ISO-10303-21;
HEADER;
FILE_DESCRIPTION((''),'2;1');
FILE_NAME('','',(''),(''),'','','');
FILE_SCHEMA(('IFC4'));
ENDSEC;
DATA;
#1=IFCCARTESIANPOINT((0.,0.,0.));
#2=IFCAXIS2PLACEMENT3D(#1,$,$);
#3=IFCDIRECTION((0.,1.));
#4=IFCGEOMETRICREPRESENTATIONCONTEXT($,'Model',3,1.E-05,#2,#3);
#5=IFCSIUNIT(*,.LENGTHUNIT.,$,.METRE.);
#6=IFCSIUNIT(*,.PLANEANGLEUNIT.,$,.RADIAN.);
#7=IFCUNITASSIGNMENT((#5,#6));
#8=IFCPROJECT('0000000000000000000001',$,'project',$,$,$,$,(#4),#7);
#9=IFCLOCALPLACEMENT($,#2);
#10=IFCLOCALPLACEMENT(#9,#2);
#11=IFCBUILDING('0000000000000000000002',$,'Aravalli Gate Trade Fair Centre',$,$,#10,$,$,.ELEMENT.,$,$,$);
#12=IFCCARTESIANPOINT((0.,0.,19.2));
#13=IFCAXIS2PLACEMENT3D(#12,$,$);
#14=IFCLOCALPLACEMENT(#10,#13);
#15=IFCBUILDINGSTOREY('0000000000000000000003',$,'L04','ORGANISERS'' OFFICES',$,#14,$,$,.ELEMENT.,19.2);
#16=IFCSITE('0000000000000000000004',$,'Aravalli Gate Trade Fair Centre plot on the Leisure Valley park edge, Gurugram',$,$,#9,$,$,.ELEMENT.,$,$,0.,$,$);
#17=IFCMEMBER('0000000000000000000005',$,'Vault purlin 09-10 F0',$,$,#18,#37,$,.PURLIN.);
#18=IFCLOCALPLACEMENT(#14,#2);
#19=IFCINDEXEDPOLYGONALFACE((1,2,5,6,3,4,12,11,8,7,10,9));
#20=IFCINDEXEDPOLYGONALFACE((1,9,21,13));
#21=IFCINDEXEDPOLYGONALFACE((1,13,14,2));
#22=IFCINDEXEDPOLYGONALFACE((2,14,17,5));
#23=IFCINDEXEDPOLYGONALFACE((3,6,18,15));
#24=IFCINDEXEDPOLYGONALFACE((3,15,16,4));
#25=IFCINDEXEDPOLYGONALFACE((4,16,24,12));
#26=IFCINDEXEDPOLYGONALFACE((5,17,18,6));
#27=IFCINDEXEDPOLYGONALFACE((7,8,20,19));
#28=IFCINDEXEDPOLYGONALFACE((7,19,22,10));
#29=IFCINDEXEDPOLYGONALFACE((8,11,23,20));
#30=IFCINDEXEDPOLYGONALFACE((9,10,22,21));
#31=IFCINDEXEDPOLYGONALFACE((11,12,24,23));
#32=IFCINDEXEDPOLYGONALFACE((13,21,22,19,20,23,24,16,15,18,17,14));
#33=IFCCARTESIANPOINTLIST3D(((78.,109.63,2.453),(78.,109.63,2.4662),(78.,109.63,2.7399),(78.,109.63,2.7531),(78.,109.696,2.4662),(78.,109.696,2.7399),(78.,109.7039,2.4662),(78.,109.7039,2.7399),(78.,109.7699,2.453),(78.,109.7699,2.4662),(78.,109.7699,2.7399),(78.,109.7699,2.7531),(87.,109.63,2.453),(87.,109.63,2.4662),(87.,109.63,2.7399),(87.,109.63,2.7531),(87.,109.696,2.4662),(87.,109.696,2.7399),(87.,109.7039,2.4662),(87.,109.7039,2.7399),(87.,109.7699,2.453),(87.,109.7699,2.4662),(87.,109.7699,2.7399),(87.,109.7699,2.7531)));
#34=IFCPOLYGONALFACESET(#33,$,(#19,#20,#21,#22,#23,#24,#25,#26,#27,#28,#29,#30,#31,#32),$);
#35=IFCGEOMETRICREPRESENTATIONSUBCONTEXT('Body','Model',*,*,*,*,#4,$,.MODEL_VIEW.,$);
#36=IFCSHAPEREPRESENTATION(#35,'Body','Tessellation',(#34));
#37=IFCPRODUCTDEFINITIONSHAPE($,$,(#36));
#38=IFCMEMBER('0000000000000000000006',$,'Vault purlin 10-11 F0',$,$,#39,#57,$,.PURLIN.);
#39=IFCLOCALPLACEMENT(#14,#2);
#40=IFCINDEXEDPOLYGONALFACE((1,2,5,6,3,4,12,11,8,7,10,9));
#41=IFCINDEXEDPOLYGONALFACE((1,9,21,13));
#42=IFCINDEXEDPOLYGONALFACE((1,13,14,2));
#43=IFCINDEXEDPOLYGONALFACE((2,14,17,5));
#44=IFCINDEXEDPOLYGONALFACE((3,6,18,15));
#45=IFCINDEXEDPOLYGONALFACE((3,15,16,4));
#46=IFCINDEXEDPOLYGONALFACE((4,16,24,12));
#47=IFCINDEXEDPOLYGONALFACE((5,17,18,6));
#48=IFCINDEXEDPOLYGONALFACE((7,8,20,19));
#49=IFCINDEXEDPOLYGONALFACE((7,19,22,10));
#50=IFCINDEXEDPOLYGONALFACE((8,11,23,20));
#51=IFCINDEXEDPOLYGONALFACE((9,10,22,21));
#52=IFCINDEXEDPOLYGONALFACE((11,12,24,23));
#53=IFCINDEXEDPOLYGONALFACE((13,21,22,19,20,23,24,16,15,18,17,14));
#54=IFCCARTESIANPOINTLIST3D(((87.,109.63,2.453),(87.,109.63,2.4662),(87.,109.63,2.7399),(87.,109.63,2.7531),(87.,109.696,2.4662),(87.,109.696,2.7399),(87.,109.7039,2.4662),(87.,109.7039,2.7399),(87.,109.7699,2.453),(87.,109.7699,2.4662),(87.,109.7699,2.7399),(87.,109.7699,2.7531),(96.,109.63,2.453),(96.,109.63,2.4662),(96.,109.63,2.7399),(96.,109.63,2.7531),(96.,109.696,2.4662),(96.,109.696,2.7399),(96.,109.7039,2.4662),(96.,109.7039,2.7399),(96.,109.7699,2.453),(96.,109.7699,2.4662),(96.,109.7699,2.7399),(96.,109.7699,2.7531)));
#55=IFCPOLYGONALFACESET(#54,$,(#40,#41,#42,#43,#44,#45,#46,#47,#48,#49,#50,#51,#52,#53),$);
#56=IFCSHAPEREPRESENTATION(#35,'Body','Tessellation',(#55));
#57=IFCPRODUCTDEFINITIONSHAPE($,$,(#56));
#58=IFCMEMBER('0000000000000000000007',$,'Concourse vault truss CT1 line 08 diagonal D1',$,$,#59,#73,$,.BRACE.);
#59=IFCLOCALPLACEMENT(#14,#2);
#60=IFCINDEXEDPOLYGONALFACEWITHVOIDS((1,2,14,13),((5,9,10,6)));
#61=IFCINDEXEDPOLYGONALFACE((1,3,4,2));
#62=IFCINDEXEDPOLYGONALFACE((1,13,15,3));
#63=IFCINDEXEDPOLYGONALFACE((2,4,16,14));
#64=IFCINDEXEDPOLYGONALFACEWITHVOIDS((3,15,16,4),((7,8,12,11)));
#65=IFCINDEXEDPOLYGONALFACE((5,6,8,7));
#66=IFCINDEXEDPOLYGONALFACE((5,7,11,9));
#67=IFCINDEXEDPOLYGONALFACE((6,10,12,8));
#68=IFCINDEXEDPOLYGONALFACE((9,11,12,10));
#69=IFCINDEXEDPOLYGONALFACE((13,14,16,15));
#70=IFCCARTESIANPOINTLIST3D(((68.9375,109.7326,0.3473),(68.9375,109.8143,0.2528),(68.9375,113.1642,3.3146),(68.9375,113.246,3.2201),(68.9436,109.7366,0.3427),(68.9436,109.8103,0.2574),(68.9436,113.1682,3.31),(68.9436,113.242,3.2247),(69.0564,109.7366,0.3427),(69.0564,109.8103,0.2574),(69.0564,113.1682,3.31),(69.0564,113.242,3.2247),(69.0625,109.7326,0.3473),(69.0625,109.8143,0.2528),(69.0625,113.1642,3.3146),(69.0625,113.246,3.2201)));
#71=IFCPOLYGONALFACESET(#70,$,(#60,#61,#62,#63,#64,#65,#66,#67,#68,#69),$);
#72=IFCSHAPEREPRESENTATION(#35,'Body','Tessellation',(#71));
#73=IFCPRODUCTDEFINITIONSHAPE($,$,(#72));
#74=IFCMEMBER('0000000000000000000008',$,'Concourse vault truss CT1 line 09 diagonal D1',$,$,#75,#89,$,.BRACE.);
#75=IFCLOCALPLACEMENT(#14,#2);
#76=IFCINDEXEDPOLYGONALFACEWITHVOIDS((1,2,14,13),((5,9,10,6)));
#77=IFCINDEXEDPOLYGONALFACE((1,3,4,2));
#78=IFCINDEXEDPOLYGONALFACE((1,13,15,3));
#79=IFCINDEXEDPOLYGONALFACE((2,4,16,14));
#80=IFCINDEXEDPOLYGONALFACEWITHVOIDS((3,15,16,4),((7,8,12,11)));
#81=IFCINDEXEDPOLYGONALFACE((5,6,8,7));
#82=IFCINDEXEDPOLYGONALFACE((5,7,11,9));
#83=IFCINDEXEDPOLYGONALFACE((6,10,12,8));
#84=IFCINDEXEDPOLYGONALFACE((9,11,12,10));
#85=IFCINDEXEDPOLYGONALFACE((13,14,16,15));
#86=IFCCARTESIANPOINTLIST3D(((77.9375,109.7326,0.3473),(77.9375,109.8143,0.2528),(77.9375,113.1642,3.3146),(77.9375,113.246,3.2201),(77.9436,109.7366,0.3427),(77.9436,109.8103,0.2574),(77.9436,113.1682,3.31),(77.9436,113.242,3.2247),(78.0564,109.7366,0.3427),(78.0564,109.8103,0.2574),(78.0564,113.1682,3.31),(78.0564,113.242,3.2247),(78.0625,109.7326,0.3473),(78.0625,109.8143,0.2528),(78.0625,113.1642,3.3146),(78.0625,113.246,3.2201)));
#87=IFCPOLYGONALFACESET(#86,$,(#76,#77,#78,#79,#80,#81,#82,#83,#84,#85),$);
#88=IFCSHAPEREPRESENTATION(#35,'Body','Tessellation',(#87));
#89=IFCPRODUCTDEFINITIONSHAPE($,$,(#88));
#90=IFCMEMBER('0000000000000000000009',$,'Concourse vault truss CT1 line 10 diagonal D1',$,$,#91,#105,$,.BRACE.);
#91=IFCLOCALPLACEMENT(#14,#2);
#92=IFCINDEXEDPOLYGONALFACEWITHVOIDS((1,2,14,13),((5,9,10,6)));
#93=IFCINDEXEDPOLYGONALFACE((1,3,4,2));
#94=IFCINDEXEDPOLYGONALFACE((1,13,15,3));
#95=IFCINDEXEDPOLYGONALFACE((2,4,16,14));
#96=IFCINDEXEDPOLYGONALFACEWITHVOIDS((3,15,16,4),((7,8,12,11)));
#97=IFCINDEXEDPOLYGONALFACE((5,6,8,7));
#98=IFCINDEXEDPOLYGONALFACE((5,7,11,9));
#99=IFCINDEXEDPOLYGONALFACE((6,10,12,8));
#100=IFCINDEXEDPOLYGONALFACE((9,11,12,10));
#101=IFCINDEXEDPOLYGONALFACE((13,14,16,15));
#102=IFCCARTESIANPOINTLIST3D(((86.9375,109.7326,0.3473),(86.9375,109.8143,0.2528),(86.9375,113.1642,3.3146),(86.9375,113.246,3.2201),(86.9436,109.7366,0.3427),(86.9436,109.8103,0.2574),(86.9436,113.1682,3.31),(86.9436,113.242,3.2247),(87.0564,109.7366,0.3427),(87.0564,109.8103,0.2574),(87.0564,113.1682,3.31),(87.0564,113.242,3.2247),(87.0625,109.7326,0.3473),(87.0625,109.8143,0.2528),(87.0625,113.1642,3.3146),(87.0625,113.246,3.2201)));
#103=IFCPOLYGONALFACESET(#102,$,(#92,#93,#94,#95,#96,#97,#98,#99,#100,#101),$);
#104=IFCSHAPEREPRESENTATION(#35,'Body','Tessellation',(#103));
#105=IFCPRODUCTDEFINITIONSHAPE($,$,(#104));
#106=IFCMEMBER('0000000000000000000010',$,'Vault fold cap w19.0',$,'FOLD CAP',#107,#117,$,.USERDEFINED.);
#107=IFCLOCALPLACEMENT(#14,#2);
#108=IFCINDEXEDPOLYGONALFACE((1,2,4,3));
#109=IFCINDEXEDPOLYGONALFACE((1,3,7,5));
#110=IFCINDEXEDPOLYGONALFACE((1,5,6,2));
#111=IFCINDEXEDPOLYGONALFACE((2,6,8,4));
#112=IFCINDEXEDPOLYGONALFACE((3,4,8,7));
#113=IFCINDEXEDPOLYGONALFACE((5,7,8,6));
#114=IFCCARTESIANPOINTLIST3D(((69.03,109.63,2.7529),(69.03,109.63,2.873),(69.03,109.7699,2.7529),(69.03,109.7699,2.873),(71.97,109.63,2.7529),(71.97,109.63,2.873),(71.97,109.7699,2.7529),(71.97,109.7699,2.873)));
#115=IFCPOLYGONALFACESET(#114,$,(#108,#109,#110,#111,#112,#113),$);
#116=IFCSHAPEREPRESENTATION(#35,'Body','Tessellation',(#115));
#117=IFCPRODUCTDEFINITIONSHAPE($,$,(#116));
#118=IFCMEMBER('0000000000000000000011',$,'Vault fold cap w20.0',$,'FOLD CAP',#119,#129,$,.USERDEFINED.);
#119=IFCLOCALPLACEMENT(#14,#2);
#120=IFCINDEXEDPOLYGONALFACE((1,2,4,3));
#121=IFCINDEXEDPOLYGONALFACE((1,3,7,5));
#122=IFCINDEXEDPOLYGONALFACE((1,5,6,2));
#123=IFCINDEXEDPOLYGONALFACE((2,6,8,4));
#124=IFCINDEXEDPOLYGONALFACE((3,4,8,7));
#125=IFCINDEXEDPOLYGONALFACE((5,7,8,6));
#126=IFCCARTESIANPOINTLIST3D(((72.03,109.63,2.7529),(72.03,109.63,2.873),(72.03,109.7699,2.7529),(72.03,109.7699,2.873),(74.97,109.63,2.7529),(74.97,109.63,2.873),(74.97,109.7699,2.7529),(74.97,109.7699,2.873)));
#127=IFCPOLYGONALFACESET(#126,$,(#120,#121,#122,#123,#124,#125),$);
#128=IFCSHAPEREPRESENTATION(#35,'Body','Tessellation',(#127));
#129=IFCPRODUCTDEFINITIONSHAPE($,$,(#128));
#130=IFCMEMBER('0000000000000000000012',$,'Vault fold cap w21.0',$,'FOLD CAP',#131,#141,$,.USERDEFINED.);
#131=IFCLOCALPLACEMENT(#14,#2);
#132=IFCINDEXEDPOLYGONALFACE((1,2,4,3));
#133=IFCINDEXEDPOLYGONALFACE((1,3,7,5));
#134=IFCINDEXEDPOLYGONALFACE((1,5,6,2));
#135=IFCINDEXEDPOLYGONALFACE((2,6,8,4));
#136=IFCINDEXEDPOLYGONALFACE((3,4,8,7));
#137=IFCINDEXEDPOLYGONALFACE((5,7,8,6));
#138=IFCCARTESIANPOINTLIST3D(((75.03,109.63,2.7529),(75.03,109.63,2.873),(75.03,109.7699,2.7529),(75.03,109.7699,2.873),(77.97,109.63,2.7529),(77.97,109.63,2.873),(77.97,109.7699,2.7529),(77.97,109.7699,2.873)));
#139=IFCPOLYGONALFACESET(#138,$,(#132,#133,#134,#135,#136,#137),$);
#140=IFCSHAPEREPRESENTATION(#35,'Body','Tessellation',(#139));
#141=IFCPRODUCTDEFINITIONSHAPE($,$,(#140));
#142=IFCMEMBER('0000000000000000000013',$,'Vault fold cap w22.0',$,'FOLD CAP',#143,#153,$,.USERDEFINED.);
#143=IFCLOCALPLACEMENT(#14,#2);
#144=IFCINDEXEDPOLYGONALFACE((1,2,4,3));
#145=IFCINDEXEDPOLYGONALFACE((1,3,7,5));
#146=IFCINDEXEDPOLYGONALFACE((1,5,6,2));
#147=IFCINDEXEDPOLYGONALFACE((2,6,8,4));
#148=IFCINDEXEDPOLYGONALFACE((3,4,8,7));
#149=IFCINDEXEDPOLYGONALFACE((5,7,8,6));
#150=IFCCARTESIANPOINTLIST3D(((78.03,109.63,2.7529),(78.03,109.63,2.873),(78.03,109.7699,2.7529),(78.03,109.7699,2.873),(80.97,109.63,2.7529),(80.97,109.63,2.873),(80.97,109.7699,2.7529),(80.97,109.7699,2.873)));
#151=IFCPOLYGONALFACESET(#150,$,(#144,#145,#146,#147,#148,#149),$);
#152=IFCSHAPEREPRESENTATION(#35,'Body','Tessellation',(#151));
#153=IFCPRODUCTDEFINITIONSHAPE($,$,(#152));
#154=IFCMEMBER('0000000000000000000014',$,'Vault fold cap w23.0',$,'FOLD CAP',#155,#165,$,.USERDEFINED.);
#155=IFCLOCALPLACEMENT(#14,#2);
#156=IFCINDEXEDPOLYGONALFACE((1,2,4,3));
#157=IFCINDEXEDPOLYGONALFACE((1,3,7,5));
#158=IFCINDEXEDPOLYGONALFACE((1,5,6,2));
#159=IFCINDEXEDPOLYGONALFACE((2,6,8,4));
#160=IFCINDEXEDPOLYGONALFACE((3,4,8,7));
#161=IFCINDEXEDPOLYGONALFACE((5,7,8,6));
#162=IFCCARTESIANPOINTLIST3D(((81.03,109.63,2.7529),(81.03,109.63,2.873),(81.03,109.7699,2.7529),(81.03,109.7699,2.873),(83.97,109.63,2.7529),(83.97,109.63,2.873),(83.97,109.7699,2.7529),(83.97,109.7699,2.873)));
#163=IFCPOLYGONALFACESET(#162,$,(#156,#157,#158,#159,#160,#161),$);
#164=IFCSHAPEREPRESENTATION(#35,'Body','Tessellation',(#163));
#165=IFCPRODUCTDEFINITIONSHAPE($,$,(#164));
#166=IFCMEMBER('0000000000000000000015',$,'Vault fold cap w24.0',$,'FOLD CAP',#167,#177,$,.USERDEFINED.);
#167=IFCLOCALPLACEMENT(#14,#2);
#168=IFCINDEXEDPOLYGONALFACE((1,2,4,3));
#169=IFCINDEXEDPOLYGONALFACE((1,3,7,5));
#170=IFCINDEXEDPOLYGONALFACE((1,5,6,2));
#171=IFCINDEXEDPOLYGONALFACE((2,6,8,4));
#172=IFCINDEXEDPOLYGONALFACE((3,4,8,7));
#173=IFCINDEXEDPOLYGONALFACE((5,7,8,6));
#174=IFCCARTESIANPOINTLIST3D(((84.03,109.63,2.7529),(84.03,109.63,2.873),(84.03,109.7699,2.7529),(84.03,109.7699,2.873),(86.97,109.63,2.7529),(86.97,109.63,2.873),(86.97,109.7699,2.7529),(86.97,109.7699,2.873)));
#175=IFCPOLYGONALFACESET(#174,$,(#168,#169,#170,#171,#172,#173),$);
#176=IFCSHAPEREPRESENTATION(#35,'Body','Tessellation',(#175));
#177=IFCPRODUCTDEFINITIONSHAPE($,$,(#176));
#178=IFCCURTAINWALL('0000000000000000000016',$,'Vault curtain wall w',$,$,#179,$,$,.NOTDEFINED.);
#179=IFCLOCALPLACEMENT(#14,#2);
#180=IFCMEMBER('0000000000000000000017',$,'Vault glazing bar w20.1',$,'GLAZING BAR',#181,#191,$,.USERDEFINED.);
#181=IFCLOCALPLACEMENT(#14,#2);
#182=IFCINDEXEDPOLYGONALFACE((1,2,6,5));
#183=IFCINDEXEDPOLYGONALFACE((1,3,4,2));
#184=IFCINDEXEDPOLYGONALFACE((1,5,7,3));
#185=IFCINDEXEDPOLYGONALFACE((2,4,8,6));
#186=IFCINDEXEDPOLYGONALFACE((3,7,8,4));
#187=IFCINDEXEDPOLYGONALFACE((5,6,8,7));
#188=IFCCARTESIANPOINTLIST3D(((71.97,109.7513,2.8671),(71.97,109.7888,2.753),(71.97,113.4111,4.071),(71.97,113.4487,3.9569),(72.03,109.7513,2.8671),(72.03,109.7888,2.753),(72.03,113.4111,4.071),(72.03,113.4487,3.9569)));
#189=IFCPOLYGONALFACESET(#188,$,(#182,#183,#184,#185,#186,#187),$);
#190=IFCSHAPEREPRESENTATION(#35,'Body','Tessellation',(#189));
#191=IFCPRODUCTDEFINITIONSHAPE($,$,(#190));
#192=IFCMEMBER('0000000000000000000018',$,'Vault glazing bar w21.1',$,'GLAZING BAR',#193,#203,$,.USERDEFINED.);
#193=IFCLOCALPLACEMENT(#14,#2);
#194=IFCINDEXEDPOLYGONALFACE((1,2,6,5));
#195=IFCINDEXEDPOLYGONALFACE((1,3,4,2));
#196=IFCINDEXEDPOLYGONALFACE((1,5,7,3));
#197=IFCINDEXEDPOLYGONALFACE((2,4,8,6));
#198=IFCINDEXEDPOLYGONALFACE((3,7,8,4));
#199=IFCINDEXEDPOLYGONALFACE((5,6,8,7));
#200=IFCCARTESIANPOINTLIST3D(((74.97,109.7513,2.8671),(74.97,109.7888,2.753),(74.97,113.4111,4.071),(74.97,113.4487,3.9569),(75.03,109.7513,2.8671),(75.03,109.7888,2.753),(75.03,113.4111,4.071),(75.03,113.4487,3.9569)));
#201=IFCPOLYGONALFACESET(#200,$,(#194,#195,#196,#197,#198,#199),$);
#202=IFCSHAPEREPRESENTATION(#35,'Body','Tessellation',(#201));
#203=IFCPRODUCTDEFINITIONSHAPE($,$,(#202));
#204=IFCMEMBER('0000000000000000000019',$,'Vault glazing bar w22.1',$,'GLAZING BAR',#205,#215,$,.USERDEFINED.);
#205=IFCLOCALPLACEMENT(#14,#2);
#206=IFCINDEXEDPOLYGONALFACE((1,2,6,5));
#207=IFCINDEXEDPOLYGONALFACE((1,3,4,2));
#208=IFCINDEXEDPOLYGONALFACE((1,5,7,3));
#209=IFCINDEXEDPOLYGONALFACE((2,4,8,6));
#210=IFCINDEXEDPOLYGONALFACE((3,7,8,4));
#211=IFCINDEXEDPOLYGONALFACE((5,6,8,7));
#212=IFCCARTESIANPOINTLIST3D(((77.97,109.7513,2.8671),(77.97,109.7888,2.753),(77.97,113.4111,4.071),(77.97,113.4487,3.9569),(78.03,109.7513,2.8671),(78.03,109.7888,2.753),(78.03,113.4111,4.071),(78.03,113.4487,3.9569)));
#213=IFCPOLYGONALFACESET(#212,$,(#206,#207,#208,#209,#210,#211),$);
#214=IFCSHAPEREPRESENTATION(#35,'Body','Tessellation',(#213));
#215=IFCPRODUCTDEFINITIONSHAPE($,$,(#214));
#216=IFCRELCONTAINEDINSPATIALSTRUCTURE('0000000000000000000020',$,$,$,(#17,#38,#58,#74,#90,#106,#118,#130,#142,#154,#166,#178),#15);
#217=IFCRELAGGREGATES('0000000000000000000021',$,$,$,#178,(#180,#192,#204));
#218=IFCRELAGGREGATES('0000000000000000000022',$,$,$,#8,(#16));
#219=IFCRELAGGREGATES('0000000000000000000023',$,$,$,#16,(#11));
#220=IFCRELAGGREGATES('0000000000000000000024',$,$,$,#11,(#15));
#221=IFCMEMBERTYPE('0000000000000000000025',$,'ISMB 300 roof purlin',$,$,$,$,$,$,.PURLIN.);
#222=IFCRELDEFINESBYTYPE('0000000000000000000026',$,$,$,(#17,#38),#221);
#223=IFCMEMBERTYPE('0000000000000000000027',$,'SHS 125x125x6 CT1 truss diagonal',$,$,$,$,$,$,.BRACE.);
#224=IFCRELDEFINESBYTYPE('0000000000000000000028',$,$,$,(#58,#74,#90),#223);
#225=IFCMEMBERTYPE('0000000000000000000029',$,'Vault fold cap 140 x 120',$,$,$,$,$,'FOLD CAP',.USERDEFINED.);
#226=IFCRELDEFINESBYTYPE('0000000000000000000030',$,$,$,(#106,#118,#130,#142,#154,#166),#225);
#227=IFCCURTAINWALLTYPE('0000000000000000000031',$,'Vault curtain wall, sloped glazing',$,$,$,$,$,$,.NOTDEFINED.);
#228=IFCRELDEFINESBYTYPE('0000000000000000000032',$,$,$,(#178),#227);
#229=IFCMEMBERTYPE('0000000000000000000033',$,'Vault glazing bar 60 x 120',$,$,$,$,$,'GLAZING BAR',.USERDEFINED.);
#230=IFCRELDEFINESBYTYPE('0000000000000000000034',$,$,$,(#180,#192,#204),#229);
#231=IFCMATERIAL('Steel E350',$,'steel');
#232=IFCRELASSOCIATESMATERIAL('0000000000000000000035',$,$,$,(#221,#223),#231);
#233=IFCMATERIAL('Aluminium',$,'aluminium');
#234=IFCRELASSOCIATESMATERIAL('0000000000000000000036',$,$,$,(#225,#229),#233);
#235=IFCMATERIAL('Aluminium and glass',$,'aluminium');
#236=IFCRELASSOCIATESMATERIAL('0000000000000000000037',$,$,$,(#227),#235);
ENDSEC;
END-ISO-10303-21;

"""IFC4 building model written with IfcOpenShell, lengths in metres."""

from ifc_helpers import new_model, si_unit, direction, frame, origin, origin_2d, place, context, subcontext, project, spatial, rectangle, hollow_rectangle, i_section, extrude, material, material_profile, profile_set, type_object, element, aggregate, save


model = new_model("IFC4")

# Units and contexts
model_context = context("Model", 3, precision=1e-05, world=origin(), true_north=direction((0.0, 1.0)))
body_context = subcontext(model_context, "Body", "Model", "MODEL_VIEW")
ifc_project = project(units=[si_unit("LENGTHUNIT", "METRE"), si_unit("PLANEANGLEUNIT", "RADIAN")], contexts=[model_context])

# Site, building, storey
site_placement = place(None, origin())
site = spatial("IfcSite", under=ifc_project, at=site_placement, Name="Aravalli Gate Trade Fair Centre plot on the Leisure Valley park edge, Gurugram", CompositionType="ELEMENT", RefElevation=0.0)
building_placement = place(site_placement, origin())
building = spatial("IfcBuilding", under=site, at=building_placement, Name="Aravalli Gate Trade Fair Centre", CompositionType="ELEMENT")
storey_placement = place(building_placement, frame((0.0, 0.0, 19.2)))
storey = spatial("IfcBuildingStorey", under=building, at=storey_placement, Name="L04", Description="ORGANISERS' OFFICES", CompositionType="ELEMENT", Elevation=19.2)

# Members
ifc_material_1 = material(Name="Steel E350", Category="steel")
ifc_material_profile_1 = material_profile(ifc_material_1, i_section(OverallWidth=0.1399, OverallDepth=0.3, WebThickness=0.0078, FlangeThickness=0.0132, at=origin_2d()), Name="ISMB 300")
ifc_profile_set_1 = profile_set([ifc_material_profile_1], Name="Steel E350")
member_type_1 = type_object("IfcMemberType", Name="ISMB 300 roof purlin", PredefinedType="PURLIN", material=ifc_profile_set_1)
for number, where, z_axis, x_axis, name in (
    (1, (78.0, 109.7, 2.603), (1.0, 0.0, 0.0), (0.0, 1.0, 0.0), "Vault purlin 09-10 F0"),
    (2, (87.0, 109.7, 2.603), (1.0, 0.0, 0.0), (0.0, 1.0, 0.0), "Vault purlin 10-11 F0"),
):
    element("IfcMember", number, at=place(storey_placement, frame(where, z_axis=z_axis, x_axis=x_axis)), inside=storey, type_object=member_type_1, Name=name, PredefinedType="PURLIN", context=body_context, shape_type="SweptSolid", body=[
        extrude(i_section(OverallWidth=0.1399, OverallDepth=0.3, WebThickness=0.0078, FlangeThickness=0.0132, at=origin_2d()), origin(), (0.0, 0.0, 1.0), 9.0),
    ])
ifc_material_profile_2 = material_profile(ifc_material_1, hollow_rectangle(XDim=0.125, YDim=0.125, WallThickness=0.0061, at=origin_2d()), Name="SHS 125x125x6")
ifc_profile_set_2 = profile_set([ifc_material_profile_2], Name="Steel E350")
member_type_2 = type_object("IfcMemberType", Name="SHS 125x125x6 CT1 truss diagonal", PredefinedType="BRACE", material=ifc_profile_set_2)
for number, where, z_axis, x_axis, name in (
    (3, (69.0, 109.7734, 0.3), (0.0, 0.756431, 0.654074), (-1.0, 0.0, 0.0), "Concourse vault truss CT1 line 08 diagonal D1"),
    (4, (78.0, 109.7734, 0.3), (0.0, 0.756431, 0.654074), (-1.0, 0.0, 0.0), "Concourse vault truss CT1 line 09 diagonal D1"),
    (5, (87.0, 109.7734, 0.3), (0.0, 0.756431, 0.654074), (-1.0, 0.0, 0.0), "Concourse vault truss CT1 line 10 diagonal D1"),
):
    element("IfcMember", number, at=place(storey_placement, frame(where, z_axis=z_axis, x_axis=x_axis)), inside=storey, type_object=member_type_2, Name=name, PredefinedType="BRACE", context=body_context, shape_type="SweptSolid", body=[
        extrude(hollow_rectangle(XDim=0.125, YDim=0.125, WallThickness=0.0061, at=origin_2d()), origin(), (0.0, 0.0, 1.0), 4.5366),
    ])
ifc_material_2 = material(Name="Aluminium", Category="aluminium")
ifc_material_profile_3 = material_profile(ifc_material_2, rectangle(XDim=0.1399, YDim=0.1201, at=origin_2d()), Name="Vault fold cap 140 x 120")
ifc_profile_set_3 = profile_set([ifc_material_profile_3], Name="Aluminium")
member_type_3 = type_object("IfcMemberType", Name="Vault fold cap 140 x 120", ElementType="FOLD CAP", PredefinedType="USERDEFINED", material=ifc_profile_set_3)
for number, where, z_axis, x_axis, name in (
    (6, (69.03, 109.7, 2.813), (1.0, 0.0, 0.0), (0.0, 1.0, 0.0), "Vault fold cap w19.0"),
    (7, (72.03, 109.7, 2.813), (1.0, 0.0, 0.0), (0.0, 1.0, 0.0), "Vault fold cap w20.0"),
    (8, (75.03, 109.7, 2.813), (1.0, 0.0, 0.0), (0.0, 1.0, 0.0), "Vault fold cap w21.0"),
    (9, (78.03, 109.7, 2.813), (1.0, 0.0, 0.0), (0.0, 1.0, 0.0), "Vault fold cap w22.0"),
    (10, (81.03, 109.7, 2.813), (1.0, 0.0, 0.0), (0.0, 1.0, 0.0), "Vault fold cap w23.0"),
    (11, (84.03, 109.7, 2.813), (1.0, 0.0, 0.0), (0.0, 1.0, 0.0), "Vault fold cap w24.0"),
):
    element("IfcMember", number, at=place(storey_placement, frame(where, z_axis=z_axis, x_axis=x_axis)), inside=storey, type_object=member_type_3, Name=name, ObjectType="FOLD CAP", PredefinedType="USERDEFINED", context=body_context, shape_type="SweptSolid", body=[
        extrude(rectangle(XDim=0.1399, YDim=0.1201, at=origin_2d()), origin(), (0.0, 0.0, 1.0), 2.9399),
    ])

# Curtain wall, members
ifc_material_3 = material(Name="Aluminium and glass", Category="aluminium")
curtain_wall_type = type_object("IfcCurtainWallType", Name="Vault curtain wall, sloped glazing", PredefinedType="NOTDEFINED", material=ifc_material_3)
curtain_wall_placement = place(storey_placement, origin())
curtain_wall = element("IfcCurtainWall", 12, at=curtain_wall_placement, inside=storey, type_object=curtain_wall_type, Name="Vault curtain wall w", PredefinedType="NOTDEFINED")
ifc_material_profile_4 = material_profile(ifc_material_2, rectangle(XDim=0.0601, YDim=0.1201, at=origin_2d()), Name="Vault glazing bar 60 x 120")
ifc_profile_set_4 = profile_set([ifc_material_profile_4], Name="Aluminium")
member_type_4 = type_object("IfcMemberType", Name="Vault glazing bar 60 x 120", ElementType="GLAZING BAR", PredefinedType="USERDEFINED", material=ifc_profile_set_4)
member_1_placement = place(storey_placement, frame((72.0, 109.77, 2.8101), z_axis=(0.0, 0.94993, 0.312461), x_axis=(-1.0, 0.0, 0.0)))
member_1 = element("IfcMember", 13, at=member_1_placement, type_object=member_type_4, Name="Vault glazing bar w20.1", ObjectType="GLAZING BAR", PredefinedType="USERDEFINED", context=body_context, shape_type="SweptSolid", body=[
    extrude(rectangle(XDim=0.0601, YDim=0.1201, at=origin_2d()), origin(), (0.0, 0.0, 1.0), 3.8528),
])
member_2_placement = place(storey_placement, frame((75.0, 109.77, 2.8101), z_axis=(0.0, 0.94993, 0.312461), x_axis=(-1.0, 0.0, 0.0)))
member_2 = element("IfcMember", 14, at=member_2_placement, type_object=member_type_4, Name="Vault glazing bar w21.1", ObjectType="GLAZING BAR", PredefinedType="USERDEFINED", context=body_context, shape_type="SweptSolid", body=[
    extrude(rectangle(XDim=0.0601, YDim=0.1201, at=origin_2d()), origin(), (0.0, 0.0, 1.0), 3.8528),
])
member_3_placement = place(storey_placement, frame((78.0, 109.77, 2.8101), z_axis=(0.0, 0.94993, 0.312461), x_axis=(-1.0, 0.0, 0.0)))
member_3 = element("IfcMember", 15, at=member_3_placement, type_object=member_type_4, Name="Vault glazing bar w22.1", ObjectType="GLAZING BAR", PredefinedType="USERDEFINED", context=body_context, shape_type="SweptSolid", body=[
    extrude(rectangle(XDim=0.0601, YDim=0.1201, at=origin_2d()), origin(), (0.0, 0.0, 1.0), 3.8528),
])
aggregate(curtain_wall, [member_1, member_2, member_3])

save(model, "model.ifc")
